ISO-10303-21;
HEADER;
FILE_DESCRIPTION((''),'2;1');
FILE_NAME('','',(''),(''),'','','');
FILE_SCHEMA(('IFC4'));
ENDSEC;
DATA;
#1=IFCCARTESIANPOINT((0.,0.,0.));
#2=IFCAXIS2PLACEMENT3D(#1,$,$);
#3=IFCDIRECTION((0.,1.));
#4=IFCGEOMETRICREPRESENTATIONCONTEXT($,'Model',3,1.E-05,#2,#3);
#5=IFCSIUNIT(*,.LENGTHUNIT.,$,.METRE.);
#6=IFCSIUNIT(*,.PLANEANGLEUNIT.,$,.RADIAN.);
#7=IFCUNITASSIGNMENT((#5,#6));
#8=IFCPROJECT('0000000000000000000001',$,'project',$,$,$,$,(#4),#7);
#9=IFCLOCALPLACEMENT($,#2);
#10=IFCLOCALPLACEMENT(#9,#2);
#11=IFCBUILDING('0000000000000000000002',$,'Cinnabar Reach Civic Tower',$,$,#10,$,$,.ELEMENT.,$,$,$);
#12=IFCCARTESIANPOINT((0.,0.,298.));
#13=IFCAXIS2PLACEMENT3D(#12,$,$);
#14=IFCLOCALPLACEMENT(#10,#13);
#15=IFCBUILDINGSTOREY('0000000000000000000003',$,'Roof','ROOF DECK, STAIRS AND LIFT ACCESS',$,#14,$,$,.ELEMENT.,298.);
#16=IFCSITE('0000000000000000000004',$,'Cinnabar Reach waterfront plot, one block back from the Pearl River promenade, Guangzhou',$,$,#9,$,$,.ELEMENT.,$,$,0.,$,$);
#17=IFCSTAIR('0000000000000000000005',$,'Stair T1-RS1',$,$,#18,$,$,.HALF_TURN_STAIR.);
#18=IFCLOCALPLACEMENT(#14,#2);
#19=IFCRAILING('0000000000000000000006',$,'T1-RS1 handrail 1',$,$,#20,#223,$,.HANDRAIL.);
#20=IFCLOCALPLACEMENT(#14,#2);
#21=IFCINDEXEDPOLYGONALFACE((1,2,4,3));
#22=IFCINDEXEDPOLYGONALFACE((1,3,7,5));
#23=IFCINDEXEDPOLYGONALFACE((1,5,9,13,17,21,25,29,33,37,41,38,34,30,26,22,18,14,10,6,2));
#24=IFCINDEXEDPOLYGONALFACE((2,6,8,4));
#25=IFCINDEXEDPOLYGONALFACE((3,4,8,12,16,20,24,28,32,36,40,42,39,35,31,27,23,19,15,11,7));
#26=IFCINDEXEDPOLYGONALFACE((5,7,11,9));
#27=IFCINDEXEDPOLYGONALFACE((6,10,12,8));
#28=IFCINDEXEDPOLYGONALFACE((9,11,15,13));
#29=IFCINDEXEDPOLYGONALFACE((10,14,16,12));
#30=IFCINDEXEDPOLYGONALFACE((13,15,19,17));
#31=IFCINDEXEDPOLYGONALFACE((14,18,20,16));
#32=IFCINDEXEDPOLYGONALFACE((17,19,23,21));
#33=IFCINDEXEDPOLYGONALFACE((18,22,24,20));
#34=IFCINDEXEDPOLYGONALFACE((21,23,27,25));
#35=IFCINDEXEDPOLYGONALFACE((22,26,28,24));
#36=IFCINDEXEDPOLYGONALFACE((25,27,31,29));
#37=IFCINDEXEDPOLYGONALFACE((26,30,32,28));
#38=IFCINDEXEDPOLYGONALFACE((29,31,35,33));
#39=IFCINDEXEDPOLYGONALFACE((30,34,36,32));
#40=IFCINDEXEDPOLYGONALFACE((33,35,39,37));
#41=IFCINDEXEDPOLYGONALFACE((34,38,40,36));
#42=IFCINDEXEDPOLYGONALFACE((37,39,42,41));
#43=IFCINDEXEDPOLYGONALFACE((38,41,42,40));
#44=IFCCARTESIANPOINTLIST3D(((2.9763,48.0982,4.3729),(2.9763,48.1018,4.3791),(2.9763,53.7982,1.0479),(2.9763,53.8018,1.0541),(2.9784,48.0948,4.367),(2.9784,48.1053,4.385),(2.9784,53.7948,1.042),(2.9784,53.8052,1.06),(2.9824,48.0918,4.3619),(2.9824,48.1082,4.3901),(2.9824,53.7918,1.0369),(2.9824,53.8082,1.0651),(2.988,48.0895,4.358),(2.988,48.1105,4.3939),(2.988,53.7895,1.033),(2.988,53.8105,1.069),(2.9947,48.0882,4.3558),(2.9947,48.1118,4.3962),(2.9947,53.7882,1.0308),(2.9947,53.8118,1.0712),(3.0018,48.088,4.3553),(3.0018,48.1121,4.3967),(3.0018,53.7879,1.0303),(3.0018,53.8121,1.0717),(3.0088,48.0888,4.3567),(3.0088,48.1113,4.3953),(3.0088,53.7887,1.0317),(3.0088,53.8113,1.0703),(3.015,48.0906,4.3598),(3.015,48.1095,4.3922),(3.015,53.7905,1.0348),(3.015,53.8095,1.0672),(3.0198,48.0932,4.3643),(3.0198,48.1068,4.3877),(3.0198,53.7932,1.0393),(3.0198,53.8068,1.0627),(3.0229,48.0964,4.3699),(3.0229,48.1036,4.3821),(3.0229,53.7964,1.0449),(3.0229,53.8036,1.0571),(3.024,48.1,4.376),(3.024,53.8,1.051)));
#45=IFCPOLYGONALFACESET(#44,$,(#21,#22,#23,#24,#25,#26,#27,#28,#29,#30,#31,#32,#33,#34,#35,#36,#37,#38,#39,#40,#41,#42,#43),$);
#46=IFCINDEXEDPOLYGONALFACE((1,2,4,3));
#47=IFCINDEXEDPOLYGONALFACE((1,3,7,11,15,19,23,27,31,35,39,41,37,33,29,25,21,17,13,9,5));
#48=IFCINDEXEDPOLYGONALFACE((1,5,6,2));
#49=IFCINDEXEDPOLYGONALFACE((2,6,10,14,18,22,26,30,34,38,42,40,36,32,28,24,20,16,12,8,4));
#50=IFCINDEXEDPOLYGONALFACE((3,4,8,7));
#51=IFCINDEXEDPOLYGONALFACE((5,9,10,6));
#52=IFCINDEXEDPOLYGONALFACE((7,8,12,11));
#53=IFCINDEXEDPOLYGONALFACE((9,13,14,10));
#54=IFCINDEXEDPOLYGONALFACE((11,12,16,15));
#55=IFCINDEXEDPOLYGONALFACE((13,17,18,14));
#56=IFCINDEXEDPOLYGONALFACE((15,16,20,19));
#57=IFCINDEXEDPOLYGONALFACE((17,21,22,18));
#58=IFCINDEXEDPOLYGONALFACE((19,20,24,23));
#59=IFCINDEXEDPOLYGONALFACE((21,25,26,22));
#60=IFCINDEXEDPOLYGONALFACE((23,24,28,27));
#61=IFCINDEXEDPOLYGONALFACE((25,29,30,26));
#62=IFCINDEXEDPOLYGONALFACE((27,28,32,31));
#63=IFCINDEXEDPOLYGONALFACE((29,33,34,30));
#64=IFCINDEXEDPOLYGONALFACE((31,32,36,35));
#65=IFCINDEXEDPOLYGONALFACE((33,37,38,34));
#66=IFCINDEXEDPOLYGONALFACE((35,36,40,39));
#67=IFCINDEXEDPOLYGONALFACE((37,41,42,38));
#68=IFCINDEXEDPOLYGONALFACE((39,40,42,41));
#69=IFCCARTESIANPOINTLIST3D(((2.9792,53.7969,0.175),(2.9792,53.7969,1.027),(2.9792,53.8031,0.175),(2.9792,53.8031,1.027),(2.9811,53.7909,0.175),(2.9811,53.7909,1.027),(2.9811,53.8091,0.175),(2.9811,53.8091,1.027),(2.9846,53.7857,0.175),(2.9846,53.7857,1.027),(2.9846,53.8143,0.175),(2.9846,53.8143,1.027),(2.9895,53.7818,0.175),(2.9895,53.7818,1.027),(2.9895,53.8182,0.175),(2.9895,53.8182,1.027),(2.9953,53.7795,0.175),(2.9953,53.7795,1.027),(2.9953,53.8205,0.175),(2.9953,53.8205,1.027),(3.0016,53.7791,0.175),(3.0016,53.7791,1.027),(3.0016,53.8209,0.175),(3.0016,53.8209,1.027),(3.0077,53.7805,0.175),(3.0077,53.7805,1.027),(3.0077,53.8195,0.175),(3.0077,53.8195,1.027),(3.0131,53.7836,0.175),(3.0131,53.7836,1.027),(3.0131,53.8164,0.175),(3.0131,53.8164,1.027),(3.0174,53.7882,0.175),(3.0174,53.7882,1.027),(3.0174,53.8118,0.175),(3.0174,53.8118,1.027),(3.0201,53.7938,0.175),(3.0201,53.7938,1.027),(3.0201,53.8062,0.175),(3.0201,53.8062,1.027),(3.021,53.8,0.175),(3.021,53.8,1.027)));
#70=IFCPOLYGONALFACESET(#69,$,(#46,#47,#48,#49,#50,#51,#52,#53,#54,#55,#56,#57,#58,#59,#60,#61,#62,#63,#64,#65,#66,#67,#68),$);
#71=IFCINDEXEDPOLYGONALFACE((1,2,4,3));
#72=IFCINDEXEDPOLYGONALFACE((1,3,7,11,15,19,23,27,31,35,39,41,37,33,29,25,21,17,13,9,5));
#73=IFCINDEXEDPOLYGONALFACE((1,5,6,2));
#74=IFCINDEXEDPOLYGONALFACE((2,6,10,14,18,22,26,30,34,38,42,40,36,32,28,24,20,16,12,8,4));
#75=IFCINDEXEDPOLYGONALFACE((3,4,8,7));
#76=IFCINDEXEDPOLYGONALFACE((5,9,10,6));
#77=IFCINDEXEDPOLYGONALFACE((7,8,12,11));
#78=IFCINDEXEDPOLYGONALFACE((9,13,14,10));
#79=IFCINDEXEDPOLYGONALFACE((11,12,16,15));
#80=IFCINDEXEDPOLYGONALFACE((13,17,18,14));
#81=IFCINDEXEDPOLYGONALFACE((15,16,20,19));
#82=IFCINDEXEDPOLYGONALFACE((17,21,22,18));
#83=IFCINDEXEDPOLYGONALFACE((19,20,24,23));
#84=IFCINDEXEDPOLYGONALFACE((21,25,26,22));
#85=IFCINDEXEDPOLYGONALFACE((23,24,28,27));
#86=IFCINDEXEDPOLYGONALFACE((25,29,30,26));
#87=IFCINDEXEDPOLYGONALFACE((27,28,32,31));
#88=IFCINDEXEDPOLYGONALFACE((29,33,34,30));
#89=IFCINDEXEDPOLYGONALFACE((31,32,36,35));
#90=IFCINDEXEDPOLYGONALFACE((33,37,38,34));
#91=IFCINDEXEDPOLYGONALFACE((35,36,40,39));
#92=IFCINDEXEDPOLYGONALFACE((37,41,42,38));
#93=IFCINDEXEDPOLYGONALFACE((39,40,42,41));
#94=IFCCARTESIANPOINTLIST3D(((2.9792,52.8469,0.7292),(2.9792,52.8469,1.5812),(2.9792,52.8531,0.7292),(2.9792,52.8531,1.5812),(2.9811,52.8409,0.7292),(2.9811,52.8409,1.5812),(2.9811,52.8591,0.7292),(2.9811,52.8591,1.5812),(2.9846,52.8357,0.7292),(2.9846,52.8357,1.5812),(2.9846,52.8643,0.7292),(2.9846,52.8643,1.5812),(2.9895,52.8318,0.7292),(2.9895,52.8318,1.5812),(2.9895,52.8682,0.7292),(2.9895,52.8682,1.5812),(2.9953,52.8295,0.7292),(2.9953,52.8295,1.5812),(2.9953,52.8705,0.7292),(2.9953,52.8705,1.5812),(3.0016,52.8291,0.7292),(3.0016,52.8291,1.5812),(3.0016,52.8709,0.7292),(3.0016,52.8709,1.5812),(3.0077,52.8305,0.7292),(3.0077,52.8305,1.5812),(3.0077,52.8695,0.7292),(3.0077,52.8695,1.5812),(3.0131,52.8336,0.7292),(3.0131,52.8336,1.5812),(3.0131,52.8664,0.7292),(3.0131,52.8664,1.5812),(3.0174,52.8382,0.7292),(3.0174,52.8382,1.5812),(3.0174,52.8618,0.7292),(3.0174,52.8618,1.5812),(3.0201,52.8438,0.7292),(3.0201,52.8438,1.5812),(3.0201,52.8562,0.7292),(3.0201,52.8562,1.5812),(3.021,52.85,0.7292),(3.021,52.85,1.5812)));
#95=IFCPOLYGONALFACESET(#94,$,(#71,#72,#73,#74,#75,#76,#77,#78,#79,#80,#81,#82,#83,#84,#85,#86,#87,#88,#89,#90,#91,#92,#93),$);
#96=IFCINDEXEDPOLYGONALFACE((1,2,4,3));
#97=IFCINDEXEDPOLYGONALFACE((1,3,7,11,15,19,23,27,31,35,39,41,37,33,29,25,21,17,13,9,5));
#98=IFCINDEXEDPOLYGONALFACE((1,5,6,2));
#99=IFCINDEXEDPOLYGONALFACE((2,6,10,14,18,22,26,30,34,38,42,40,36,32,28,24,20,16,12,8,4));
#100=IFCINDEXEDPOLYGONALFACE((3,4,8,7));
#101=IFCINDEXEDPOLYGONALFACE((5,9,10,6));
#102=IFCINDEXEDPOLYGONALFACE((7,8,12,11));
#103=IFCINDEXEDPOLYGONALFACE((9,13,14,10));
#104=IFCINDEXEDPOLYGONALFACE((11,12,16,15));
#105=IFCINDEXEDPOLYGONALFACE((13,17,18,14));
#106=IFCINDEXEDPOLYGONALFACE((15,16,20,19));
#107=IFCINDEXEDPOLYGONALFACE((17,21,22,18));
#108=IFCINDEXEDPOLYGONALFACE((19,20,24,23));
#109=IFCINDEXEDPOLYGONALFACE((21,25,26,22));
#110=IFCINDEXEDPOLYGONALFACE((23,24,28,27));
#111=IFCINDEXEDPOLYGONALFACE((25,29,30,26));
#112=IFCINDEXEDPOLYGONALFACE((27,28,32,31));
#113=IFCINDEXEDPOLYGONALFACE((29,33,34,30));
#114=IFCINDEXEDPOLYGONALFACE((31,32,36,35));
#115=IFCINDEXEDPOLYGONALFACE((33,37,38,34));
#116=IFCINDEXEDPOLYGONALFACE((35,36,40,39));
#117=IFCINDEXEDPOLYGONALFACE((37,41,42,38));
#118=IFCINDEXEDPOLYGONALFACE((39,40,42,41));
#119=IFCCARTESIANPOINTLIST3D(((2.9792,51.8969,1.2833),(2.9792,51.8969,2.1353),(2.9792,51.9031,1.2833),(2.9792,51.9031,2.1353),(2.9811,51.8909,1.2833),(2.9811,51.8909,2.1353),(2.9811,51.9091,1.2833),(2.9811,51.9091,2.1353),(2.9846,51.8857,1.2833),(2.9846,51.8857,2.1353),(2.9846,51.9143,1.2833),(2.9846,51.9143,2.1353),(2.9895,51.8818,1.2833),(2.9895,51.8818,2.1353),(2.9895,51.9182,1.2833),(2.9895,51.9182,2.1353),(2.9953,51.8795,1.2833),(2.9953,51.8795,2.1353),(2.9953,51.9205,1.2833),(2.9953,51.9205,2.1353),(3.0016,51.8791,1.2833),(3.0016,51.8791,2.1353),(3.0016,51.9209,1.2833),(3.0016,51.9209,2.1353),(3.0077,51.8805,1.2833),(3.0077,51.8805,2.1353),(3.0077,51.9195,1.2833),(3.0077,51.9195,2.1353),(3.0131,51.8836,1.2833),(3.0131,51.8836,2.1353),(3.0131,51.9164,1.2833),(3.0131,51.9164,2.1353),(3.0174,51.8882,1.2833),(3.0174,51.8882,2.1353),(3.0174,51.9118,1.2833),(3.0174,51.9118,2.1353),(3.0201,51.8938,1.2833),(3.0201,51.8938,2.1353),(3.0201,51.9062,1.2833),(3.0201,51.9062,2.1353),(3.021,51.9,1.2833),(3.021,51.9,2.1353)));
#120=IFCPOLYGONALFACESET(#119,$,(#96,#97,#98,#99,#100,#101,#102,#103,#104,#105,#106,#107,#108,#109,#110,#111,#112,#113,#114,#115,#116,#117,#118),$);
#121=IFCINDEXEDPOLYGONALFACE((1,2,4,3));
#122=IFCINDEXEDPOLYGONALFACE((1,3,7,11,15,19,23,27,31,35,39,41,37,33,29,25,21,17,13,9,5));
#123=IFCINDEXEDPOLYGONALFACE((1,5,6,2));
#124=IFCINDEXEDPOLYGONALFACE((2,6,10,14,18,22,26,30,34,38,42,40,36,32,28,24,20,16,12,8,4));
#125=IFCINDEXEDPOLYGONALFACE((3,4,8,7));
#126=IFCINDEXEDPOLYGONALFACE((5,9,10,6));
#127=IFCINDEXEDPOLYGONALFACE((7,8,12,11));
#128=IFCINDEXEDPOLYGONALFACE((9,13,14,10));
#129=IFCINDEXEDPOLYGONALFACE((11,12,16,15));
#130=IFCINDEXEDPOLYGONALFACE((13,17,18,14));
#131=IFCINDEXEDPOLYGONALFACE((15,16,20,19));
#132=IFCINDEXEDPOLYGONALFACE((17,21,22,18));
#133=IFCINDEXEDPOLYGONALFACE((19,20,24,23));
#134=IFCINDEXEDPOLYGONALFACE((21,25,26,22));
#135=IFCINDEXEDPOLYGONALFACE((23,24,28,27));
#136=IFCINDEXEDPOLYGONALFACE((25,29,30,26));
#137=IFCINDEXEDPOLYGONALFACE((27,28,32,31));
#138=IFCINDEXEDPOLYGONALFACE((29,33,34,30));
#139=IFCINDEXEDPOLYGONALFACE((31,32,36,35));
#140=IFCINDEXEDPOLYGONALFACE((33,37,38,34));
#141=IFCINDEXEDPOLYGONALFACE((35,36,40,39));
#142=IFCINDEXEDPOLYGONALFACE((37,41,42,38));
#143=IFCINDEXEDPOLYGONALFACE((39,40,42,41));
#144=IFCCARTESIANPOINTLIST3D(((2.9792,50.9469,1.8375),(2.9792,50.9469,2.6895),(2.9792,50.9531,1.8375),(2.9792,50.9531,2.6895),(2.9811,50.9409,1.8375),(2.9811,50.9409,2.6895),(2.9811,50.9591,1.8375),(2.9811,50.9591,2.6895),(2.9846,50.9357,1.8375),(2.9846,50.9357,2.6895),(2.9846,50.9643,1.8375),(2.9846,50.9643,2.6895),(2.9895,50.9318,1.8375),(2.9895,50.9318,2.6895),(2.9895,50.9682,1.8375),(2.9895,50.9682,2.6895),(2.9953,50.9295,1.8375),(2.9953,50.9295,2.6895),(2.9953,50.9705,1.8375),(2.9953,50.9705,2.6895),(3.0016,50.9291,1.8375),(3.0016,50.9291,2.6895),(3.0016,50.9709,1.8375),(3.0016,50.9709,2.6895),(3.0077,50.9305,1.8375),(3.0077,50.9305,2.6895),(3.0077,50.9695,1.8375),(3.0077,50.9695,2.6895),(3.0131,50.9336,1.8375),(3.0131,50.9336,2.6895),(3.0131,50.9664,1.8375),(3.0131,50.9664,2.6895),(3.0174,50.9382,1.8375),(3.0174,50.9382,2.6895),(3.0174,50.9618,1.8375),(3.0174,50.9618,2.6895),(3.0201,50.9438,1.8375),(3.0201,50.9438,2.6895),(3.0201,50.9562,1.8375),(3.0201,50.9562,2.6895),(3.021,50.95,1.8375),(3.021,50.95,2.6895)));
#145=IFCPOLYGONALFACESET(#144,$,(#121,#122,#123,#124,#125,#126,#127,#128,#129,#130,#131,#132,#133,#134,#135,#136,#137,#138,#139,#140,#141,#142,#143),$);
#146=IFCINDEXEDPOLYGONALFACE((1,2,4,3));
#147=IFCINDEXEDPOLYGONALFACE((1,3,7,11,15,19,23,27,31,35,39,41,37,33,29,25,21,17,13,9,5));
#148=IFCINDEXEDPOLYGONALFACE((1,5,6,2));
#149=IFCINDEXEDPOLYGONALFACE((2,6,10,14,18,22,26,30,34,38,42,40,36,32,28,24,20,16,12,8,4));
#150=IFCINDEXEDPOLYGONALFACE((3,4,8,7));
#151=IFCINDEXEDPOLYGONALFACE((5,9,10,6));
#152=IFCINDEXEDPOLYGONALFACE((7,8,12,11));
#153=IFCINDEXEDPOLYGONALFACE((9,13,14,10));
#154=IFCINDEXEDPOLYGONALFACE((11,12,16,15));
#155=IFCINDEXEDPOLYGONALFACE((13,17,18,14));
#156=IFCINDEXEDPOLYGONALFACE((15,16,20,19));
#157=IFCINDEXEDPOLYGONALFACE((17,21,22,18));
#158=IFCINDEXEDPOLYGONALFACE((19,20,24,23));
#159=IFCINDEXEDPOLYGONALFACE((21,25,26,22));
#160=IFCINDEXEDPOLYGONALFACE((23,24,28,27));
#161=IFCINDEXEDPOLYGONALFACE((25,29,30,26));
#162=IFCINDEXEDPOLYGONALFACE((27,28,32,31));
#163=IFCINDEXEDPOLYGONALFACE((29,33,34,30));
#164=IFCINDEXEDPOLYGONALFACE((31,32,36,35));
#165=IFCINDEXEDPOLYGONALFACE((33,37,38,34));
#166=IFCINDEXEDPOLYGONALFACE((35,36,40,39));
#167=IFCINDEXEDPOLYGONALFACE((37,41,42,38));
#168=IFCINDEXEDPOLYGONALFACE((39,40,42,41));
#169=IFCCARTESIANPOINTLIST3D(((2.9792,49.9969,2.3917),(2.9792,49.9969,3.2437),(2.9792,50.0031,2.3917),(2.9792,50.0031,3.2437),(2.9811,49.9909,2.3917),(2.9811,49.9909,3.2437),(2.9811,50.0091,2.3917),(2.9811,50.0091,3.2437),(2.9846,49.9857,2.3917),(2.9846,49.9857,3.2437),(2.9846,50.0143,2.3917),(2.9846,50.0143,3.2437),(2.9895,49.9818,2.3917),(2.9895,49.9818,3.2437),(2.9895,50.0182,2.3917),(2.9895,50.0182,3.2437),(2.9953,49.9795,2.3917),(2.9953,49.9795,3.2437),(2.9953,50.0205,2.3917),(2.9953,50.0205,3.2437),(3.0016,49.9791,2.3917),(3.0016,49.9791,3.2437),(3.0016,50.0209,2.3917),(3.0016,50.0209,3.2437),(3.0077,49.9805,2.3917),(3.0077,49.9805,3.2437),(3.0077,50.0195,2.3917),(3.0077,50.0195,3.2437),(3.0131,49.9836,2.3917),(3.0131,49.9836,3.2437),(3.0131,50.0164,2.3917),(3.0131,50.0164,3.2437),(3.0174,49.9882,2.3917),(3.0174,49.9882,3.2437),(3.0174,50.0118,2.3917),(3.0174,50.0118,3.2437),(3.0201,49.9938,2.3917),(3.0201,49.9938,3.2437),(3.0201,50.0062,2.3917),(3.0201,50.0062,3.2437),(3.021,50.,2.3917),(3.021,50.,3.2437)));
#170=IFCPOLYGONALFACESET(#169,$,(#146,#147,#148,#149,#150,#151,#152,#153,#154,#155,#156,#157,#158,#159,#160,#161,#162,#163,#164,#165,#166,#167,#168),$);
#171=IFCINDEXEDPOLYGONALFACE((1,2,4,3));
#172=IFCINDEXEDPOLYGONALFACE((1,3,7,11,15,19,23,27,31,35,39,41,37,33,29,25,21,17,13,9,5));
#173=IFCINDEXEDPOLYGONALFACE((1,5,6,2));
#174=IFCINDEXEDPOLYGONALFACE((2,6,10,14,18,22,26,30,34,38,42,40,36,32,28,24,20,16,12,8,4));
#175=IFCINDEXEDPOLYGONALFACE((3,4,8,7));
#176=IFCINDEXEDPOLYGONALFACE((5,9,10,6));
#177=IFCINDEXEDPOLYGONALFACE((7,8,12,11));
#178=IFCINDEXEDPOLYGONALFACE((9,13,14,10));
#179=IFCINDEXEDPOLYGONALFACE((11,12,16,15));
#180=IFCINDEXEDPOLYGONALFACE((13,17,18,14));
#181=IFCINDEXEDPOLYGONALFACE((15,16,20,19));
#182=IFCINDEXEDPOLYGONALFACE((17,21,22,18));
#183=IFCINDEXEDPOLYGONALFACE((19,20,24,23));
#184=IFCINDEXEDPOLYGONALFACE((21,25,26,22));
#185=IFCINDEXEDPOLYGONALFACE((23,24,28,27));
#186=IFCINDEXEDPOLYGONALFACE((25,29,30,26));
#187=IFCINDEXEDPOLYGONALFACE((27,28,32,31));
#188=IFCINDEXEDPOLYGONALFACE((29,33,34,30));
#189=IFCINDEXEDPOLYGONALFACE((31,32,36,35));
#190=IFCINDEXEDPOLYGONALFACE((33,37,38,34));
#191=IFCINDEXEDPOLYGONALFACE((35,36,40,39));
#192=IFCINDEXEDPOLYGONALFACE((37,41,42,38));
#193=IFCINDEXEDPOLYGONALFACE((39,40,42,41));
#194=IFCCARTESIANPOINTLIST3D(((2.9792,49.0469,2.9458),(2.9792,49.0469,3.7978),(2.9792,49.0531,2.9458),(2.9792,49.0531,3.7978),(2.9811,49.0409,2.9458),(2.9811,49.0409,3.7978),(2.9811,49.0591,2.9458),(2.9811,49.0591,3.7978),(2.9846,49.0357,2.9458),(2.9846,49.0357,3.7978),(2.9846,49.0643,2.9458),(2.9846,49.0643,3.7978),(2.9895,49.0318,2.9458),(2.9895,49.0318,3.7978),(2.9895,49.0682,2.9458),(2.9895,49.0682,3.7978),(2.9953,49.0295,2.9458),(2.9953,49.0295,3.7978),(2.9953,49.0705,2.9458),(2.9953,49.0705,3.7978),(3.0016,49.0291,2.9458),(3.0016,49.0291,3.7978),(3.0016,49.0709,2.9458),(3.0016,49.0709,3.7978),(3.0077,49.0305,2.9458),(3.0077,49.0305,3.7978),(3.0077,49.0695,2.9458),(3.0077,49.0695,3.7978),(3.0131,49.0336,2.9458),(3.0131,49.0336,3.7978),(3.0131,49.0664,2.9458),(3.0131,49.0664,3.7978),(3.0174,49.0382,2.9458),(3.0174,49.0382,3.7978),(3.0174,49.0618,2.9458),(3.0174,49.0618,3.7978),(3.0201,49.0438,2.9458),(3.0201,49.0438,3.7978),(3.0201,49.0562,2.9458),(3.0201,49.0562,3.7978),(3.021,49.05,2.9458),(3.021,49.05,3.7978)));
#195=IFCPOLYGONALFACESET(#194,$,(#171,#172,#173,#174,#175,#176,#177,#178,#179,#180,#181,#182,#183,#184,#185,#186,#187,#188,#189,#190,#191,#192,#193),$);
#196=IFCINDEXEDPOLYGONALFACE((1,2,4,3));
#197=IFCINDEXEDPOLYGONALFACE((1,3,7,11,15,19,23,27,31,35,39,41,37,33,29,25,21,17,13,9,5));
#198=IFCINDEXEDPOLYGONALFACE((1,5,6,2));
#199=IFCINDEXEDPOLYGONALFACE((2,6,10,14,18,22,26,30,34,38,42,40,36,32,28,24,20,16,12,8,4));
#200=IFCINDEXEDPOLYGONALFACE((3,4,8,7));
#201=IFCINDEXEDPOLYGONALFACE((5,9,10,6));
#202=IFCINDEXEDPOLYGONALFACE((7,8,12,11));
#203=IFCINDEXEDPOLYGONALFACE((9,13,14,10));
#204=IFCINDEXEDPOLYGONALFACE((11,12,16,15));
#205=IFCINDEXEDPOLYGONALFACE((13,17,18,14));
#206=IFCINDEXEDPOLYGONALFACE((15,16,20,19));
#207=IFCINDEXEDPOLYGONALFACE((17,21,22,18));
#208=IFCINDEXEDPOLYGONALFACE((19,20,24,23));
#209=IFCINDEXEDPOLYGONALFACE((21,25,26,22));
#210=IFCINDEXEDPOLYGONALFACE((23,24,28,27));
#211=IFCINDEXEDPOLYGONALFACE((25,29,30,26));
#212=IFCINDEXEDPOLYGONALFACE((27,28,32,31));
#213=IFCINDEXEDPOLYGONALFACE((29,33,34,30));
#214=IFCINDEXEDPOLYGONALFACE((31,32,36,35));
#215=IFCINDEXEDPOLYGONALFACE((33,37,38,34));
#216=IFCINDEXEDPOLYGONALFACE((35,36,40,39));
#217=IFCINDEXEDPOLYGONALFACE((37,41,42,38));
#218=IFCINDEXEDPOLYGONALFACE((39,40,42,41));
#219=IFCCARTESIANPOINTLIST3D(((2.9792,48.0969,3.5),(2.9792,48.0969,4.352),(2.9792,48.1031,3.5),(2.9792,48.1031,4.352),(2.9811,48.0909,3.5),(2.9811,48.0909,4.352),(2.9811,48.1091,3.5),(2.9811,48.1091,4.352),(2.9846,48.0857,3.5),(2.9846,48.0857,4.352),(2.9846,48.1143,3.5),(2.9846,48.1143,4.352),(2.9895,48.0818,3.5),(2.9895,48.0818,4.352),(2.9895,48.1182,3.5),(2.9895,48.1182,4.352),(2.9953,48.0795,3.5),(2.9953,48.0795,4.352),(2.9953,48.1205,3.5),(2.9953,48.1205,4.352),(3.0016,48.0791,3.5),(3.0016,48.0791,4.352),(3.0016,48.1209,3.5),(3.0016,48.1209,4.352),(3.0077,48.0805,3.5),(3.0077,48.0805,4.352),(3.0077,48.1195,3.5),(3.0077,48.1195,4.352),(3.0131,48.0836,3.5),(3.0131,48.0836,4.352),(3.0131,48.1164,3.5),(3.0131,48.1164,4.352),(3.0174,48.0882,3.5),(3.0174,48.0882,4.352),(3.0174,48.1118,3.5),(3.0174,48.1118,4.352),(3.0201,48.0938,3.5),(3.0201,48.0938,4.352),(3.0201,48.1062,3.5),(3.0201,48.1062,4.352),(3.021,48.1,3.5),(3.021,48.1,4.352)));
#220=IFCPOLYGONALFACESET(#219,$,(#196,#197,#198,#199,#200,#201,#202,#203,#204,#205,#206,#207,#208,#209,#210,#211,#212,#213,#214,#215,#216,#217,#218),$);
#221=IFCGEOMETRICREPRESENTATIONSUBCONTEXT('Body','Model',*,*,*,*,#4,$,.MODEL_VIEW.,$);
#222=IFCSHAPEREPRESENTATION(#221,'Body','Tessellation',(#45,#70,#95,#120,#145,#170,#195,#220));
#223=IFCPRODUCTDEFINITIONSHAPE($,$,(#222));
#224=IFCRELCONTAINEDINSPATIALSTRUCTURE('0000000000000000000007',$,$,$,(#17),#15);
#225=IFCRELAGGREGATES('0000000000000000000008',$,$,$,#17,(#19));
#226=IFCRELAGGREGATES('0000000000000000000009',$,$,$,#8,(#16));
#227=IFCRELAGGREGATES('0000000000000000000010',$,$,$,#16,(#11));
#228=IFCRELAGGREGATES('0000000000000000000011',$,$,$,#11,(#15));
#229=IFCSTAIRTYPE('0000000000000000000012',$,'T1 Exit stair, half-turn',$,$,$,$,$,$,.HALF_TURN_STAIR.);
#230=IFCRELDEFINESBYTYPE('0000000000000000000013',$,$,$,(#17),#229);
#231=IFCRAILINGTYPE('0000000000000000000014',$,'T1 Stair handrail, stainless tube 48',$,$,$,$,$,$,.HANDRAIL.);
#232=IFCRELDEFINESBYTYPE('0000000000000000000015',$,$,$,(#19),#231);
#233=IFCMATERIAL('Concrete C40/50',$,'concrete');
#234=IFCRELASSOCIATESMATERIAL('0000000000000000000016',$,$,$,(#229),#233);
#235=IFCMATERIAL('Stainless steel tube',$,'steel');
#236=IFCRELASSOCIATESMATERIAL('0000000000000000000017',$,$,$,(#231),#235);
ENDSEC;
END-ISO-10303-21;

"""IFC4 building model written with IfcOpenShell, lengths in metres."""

from ifc_helpers import new_model, si_unit, direction, frame, origin, origin_2d, place, context, subcontext, project, spatial, circle, extrude, material, type_object, element, aggregate, save


model = new_model("IFC4")

# Units and contexts
model_context = context("Model", 3, precision=1e-05, world=origin(), true_north=direction((0.0, 1.0)))
body_context = subcontext(model_context, "Body", "Model", "MODEL_VIEW")
ifc_project = project(units=[si_unit("LENGTHUNIT", "METRE"), si_unit("PLANEANGLEUNIT", "RADIAN")], contexts=[model_context])

# Site, building, storey
site_placement = place(None, origin())
site = spatial("IfcSite", under=ifc_project, at=site_placement, Name="Cinnabar Reach waterfront plot, one block back from the Pearl River promenade, Guangzhou", CompositionType="ELEMENT", RefElevation=0.0)
building_placement = place(site_placement, origin())
building = spatial("IfcBuilding", under=site, at=building_placement, Name="Cinnabar Reach Civic Tower", CompositionType="ELEMENT")
storey_placement = place(building_placement, frame((0.0, 0.0, 298.0)))
storey = spatial("IfcBuildingStorey", under=building, at=storey_placement, Name="Roof", Description="ROOF DECK, STAIRS AND LIFT ACCESS", CompositionType="ELEMENT", Elevation=298.0)

# Shared definitions
ifc_material_1 = material(Name="Concrete C40/50", Category="concrete")

# Stair
stair_type = type_object("IfcStairType", Name="T1 Exit stair, half-turn", PredefinedType="HALF_TURN_STAIR", material=ifc_material_1)
stair_placement = place(storey_placement, origin())
stair = element("IfcStair", 1, at=stair_placement, inside=storey, type_object=stair_type, Name="Stair T1-RS1", PredefinedType="HALF_TURN_STAIR")

# Railing
ifc_material_2 = material(Name="Stainless steel tube", Category="steel")
railing_type_1 = type_object("IfcRailingType", Name="T1 Stair handrail, stainless tube 48", PredefinedType="HANDRAIL", material=ifc_material_2)
railing_1_placement = place(storey_placement, frame((3.0, 53.8, 0.175)))
railing_1 = element("IfcRailing", 2, at=railing_1_placement, type_object=railing_type_1, Name="T1-RS1 handrail 1", PredefinedType="HANDRAIL", context=body_context, shape_type="SweptSolid", body=[
    extrude(circle(Radius=0.024, at=origin_2d()), frame((0.0, 0.0, 0.876), z_axis=(0.0, -0.863779, 0.503871), x_axis=(1.0, 0.0, 0.0)), (0.0, 0.0, 1.0), 6.5989),
    extrude(circle(Radius=0.021, at=origin_2d()), origin(), (0.0, 0.0, 1.0), 0.852),
    extrude(circle(Radius=0.021, at=origin_2d()), frame((0.0, -0.95, 0.5542)), (0.0, 0.0, 1.0), 0.852),
    extrude(circle(Radius=0.021, at=origin_2d()), frame((0.0, -1.9, 1.1083)), (0.0, 0.0, 1.0), 0.852),
    extrude(circle(Radius=0.021, at=origin_2d()), frame((0.0, -2.85, 1.6625)), (0.0, 0.0, 1.0), 0.852),
    extrude(circle(Radius=0.021, at=origin_2d()), frame((0.0, -3.8, 2.2167)), (0.0, 0.0, 1.0), 0.852),
    extrude(circle(Radius=0.021, at=origin_2d()), frame((0.0, -4.75, 2.7708)), (0.0, 0.0, 1.0), 0.852),
    extrude(circle(Radius=0.021, at=origin_2d()), frame((0.0, -5.7, 3.325)), (0.0, 0.0, 1.0), 0.852),
])
aggregate(stair, [railing_1])

save(model, "model.ifc")
